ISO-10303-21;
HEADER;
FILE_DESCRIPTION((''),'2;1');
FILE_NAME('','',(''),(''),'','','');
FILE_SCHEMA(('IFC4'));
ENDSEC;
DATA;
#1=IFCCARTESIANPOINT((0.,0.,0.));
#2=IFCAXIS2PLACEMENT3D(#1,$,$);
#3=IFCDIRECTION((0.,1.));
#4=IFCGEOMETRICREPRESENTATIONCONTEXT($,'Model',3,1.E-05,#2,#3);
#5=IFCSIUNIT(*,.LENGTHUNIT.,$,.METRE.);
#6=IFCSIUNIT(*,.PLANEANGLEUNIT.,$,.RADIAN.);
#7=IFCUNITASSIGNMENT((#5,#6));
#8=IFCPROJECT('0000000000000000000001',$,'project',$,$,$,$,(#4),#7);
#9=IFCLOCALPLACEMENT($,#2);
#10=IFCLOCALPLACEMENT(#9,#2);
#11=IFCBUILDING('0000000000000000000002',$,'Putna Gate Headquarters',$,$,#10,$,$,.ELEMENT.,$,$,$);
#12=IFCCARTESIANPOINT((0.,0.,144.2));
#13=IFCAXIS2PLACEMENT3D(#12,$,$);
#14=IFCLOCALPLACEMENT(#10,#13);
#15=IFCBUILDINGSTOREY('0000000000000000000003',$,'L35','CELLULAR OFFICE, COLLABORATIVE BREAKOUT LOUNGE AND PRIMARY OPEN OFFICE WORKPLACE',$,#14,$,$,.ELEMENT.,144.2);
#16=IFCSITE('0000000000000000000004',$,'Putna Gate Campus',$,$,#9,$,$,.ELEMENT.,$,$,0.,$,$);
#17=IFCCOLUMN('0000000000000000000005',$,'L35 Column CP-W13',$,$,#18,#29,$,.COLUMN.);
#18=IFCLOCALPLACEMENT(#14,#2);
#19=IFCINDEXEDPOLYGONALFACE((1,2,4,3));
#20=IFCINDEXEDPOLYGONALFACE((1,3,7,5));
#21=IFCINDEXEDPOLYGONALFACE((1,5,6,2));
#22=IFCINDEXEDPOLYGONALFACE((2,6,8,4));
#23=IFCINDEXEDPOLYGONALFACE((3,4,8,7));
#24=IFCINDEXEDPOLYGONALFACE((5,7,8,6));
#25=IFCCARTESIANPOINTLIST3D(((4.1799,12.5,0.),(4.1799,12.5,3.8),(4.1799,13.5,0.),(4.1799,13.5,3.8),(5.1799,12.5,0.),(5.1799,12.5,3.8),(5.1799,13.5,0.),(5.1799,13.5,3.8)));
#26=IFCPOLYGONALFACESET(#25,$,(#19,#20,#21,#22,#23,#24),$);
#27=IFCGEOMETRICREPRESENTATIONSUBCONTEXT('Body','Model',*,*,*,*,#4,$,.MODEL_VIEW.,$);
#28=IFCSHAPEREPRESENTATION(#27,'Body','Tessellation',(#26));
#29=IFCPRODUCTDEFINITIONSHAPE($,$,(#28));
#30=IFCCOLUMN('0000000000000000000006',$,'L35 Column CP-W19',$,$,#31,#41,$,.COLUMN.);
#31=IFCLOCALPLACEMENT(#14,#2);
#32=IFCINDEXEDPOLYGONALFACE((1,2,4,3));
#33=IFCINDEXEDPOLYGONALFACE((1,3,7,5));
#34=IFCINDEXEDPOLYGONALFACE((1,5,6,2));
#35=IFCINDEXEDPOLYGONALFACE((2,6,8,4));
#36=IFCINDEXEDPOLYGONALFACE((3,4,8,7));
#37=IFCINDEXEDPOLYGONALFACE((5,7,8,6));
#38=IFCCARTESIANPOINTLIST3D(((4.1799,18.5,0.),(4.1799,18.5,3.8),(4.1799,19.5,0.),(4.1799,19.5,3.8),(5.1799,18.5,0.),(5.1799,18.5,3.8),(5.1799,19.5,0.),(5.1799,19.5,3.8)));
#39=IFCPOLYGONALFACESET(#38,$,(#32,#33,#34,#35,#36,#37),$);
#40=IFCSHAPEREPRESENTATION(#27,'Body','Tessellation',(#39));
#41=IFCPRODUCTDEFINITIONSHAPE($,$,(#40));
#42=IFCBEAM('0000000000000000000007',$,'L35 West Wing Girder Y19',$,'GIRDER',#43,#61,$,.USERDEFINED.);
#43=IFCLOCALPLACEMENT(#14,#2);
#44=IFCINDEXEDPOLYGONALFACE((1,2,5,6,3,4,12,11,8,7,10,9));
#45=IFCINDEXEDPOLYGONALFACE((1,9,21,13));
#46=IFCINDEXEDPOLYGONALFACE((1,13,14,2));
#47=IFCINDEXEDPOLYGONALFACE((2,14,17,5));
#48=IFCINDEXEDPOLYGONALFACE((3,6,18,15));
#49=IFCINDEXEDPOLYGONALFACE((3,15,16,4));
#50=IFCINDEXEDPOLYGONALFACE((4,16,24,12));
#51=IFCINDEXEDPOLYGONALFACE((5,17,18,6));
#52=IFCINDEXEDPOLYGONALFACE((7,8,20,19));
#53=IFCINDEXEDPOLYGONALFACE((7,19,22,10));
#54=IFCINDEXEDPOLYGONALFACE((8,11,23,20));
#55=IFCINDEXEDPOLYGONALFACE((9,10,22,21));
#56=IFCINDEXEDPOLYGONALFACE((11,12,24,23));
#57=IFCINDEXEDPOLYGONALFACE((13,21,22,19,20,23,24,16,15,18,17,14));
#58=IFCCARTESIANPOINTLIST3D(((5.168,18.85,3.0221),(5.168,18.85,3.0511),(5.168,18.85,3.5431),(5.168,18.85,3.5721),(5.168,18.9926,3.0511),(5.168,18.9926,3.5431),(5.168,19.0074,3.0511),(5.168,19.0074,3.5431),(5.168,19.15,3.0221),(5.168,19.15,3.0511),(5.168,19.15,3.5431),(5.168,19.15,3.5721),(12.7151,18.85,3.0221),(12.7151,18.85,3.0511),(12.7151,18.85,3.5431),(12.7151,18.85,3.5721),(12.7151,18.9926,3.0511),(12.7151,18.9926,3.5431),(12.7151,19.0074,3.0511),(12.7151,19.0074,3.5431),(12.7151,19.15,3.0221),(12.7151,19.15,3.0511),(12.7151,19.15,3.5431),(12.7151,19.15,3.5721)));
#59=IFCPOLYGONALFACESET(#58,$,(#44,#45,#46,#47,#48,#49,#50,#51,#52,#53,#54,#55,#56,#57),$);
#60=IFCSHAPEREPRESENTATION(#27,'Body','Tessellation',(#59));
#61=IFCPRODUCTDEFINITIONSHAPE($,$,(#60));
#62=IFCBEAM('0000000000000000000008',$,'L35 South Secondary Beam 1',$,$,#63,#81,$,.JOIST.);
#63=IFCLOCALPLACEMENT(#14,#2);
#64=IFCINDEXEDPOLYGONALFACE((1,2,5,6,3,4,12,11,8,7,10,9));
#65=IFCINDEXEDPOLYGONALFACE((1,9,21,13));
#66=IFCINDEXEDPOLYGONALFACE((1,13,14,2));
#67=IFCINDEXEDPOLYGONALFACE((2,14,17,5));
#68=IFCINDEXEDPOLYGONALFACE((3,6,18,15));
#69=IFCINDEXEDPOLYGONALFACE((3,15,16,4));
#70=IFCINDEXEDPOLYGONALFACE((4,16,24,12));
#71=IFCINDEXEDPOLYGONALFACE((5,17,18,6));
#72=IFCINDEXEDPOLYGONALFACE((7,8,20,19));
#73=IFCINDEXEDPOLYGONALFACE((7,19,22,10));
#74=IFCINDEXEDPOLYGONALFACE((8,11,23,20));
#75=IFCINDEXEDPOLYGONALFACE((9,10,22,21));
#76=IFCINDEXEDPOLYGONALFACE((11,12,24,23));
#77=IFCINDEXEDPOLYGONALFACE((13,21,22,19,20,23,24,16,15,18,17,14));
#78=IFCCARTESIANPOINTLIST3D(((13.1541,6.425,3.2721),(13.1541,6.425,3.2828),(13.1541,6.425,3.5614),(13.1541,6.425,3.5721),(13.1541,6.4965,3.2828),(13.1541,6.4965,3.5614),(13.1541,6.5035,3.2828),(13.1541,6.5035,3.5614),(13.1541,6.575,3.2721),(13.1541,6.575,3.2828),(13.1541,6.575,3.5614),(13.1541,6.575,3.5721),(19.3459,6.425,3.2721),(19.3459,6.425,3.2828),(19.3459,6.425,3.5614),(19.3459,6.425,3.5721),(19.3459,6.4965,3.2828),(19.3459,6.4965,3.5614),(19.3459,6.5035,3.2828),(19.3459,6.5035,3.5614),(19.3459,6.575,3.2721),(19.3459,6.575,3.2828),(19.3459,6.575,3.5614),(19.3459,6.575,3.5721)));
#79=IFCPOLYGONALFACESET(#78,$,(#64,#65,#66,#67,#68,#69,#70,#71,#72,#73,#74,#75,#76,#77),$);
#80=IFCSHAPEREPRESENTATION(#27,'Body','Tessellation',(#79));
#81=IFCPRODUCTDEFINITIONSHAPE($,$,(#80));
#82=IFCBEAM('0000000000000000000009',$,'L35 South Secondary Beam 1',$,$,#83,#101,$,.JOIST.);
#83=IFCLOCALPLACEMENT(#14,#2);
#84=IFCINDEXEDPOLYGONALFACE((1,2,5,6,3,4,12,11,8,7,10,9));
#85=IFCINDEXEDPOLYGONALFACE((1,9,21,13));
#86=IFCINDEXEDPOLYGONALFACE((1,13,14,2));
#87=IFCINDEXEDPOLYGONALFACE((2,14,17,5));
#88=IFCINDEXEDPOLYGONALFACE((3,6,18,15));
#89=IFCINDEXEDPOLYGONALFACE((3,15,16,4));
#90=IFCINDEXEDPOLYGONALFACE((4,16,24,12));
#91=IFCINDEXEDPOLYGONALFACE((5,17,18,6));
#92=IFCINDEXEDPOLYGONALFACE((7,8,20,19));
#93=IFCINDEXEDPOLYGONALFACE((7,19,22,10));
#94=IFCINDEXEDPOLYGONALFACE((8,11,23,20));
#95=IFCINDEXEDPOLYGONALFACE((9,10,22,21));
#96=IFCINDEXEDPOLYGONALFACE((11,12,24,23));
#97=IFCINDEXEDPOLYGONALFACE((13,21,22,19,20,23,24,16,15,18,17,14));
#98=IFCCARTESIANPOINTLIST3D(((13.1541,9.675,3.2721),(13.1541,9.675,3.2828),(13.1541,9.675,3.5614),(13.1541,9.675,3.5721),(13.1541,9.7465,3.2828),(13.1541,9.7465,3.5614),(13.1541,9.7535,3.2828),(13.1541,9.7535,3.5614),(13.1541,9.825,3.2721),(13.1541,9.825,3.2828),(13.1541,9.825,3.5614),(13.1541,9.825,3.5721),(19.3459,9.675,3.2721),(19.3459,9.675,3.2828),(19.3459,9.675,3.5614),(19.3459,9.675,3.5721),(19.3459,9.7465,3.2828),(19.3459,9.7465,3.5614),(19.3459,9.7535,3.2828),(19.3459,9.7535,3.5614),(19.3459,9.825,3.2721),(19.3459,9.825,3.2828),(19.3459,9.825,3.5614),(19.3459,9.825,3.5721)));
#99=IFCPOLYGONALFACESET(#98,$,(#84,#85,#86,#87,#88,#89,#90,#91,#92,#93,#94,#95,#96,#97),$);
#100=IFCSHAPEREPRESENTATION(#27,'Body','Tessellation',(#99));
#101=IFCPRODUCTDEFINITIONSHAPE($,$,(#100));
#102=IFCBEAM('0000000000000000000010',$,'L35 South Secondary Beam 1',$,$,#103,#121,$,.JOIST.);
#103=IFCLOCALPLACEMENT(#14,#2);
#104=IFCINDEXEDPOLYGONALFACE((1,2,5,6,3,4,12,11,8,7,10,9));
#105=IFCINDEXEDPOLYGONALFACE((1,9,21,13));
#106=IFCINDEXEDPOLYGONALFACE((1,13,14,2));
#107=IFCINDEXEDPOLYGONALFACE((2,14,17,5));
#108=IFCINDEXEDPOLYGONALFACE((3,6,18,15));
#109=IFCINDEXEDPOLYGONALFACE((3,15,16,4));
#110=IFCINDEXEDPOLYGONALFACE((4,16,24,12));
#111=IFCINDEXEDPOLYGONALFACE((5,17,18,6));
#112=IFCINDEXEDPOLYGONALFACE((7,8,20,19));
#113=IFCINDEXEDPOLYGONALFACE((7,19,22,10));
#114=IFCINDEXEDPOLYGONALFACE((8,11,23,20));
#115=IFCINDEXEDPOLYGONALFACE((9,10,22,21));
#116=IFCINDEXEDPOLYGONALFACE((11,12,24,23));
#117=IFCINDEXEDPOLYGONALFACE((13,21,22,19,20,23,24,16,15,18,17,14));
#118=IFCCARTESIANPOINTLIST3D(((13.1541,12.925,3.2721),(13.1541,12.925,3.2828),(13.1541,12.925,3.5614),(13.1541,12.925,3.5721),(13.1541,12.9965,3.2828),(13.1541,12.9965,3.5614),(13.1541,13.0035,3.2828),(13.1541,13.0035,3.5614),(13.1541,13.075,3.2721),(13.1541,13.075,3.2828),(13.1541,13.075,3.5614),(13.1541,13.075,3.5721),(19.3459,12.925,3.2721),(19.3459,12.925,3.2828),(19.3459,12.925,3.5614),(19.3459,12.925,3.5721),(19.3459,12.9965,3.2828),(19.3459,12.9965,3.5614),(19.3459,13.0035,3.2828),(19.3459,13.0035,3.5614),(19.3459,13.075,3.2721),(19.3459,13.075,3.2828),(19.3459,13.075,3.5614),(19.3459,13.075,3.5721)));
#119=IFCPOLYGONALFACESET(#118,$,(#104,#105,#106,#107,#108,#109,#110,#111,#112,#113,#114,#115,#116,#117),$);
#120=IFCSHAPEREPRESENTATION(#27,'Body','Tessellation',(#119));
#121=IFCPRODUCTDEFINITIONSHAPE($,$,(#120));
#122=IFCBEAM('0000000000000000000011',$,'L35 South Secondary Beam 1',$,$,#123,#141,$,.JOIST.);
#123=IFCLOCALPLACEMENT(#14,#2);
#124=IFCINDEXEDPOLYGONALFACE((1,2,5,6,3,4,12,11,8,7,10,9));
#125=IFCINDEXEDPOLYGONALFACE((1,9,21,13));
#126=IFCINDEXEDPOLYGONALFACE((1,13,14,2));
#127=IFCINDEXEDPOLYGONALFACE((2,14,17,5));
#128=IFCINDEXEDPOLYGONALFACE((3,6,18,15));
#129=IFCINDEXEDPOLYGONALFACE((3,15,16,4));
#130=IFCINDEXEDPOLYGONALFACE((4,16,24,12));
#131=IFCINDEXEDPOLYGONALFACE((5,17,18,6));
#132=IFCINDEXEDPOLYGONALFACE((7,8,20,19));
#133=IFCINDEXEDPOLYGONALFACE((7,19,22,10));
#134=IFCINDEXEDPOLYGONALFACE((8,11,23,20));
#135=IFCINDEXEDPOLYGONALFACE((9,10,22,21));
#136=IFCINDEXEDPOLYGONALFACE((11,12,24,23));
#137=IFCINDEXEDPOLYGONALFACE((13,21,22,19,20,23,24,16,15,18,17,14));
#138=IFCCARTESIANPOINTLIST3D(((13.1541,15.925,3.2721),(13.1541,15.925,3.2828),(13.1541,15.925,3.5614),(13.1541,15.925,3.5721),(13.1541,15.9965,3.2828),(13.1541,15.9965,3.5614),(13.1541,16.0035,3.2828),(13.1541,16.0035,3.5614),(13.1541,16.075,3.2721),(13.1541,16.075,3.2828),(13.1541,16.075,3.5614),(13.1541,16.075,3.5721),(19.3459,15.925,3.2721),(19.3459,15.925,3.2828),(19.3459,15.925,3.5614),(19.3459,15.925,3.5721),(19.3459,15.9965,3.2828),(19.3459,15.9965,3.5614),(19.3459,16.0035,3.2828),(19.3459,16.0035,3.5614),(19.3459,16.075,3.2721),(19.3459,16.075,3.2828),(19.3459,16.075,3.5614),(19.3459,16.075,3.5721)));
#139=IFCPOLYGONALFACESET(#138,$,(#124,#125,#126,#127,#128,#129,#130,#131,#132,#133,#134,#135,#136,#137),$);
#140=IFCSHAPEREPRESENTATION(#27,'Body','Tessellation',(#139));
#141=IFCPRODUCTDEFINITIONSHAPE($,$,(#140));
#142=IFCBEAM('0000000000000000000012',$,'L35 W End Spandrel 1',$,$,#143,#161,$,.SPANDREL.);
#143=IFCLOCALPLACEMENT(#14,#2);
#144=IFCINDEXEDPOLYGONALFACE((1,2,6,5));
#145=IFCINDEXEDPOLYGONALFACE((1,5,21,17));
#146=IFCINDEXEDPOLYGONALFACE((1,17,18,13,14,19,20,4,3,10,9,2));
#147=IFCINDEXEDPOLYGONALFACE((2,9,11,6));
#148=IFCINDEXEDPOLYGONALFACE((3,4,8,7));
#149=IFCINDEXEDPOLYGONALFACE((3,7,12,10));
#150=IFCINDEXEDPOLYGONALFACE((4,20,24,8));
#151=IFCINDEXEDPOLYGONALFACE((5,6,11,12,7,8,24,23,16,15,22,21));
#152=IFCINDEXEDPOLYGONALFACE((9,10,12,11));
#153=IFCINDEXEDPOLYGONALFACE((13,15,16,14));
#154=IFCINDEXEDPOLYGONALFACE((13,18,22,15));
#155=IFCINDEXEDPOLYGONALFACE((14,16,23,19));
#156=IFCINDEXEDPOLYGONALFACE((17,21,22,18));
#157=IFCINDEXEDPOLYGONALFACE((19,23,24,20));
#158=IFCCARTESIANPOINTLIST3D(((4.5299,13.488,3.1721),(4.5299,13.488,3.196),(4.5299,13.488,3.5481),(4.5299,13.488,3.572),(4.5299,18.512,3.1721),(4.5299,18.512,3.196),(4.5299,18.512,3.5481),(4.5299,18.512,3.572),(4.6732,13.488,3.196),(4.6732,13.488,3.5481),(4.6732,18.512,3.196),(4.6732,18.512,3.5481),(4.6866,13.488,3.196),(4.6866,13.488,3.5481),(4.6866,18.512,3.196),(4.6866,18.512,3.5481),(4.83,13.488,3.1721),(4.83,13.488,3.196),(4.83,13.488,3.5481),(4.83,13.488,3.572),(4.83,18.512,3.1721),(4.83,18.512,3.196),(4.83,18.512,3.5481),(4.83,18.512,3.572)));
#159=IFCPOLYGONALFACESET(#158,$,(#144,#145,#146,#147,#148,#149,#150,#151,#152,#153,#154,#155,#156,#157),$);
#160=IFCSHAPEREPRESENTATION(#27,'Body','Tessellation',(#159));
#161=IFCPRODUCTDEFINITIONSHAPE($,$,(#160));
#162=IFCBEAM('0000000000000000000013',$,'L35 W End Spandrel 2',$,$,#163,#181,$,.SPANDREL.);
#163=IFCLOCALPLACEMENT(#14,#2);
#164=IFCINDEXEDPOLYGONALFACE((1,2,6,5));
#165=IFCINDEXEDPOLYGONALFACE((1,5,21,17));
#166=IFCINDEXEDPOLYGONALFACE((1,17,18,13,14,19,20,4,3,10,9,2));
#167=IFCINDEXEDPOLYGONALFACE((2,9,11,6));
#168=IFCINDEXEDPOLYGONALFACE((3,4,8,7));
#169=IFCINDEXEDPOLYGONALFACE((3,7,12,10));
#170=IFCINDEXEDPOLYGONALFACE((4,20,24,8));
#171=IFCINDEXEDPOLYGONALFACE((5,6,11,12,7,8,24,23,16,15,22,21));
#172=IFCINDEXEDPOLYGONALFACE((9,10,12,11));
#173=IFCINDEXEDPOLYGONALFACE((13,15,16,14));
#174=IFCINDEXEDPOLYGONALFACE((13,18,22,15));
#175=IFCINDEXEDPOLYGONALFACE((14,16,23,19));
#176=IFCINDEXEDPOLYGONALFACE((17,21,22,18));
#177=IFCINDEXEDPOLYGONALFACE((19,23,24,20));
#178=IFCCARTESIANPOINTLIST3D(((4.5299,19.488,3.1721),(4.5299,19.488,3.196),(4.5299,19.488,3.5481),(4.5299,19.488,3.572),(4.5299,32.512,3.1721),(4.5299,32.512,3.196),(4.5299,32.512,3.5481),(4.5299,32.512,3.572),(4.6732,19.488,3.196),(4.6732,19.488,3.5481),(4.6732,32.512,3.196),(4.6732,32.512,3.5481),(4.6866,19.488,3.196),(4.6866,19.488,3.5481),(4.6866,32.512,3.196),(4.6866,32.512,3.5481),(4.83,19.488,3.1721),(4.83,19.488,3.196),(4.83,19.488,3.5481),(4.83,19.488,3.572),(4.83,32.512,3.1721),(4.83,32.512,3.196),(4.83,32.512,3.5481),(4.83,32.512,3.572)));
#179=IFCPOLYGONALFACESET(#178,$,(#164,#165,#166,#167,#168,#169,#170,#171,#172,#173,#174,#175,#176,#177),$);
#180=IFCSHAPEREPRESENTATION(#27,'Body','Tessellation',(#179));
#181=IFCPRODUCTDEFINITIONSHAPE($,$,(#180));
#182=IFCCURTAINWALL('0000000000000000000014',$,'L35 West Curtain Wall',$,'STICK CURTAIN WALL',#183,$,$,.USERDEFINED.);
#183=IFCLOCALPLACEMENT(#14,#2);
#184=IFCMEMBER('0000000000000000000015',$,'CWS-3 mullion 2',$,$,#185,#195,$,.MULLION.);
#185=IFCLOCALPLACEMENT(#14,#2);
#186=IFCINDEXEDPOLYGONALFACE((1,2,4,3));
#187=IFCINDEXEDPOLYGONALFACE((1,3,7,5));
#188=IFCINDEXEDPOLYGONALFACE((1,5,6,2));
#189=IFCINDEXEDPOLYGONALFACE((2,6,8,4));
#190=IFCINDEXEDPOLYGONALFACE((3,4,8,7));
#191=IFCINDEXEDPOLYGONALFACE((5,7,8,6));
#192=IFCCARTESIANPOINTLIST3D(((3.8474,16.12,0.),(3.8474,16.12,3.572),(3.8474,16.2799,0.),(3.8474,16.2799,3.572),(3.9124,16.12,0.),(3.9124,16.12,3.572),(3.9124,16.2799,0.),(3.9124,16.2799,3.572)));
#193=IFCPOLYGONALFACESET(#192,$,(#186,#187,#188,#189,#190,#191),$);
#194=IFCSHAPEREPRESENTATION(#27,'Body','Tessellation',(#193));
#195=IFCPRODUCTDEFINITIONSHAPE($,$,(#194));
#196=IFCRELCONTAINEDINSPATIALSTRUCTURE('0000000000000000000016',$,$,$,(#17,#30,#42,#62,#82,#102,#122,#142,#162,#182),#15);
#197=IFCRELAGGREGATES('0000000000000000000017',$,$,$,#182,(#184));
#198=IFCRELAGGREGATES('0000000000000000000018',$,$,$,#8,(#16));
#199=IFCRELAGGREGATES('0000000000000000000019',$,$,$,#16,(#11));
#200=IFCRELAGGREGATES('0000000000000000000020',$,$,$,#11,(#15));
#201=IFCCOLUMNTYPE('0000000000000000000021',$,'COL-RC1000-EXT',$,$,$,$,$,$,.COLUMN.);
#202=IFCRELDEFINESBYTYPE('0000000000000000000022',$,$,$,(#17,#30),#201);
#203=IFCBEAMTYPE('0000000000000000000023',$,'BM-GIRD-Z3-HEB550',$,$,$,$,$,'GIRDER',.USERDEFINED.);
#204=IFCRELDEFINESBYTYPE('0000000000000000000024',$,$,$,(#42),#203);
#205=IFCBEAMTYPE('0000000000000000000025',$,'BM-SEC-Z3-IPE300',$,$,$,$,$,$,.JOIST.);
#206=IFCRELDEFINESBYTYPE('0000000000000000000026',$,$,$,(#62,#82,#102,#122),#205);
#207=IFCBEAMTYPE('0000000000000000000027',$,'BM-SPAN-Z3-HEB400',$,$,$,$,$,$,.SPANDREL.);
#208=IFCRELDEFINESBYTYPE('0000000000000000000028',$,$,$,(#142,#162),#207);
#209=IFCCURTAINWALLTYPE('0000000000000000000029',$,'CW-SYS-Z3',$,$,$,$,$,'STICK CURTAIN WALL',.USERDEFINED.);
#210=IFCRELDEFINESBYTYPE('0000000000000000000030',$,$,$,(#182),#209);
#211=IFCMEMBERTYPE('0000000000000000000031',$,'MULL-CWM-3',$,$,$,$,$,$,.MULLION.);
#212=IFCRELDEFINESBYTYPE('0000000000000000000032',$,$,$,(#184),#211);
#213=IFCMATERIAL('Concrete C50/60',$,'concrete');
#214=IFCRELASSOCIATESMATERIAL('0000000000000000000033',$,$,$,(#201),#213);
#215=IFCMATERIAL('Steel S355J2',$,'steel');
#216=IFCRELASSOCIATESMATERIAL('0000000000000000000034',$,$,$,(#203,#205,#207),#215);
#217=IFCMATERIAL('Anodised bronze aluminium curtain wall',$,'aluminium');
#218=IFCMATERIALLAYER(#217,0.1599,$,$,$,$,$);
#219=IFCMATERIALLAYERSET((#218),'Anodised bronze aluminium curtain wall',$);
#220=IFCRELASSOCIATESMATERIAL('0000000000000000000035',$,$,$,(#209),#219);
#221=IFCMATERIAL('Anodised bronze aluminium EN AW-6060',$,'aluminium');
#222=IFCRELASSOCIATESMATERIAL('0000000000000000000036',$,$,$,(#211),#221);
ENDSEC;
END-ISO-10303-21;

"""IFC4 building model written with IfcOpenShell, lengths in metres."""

from ifc_helpers import new_model, si_unit, direction, frame, origin, origin_2d, place, context, subcontext, project, spatial, rectangle, i_section, extrude, material, layer, layer_set, material_profile, profile_set, type_object, element, aggregate, save


model = new_model("IFC4")

# Units and contexts
model_context = context("Model", 3, precision=1e-05, world=origin(), true_north=direction((0.0, 1.0)))
body_context = subcontext(model_context, "Body", "Model", "MODEL_VIEW")
ifc_project = project(units=[si_unit("LENGTHUNIT", "METRE"), si_unit("PLANEANGLEUNIT", "RADIAN")], contexts=[model_context])

# Site, building, storey
site_placement = place(None, origin())
site = spatial("IfcSite", under=ifc_project, at=site_placement, Name="Putna Gate Campus", CompositionType="ELEMENT", RefElevation=0.0)
building_placement = place(site_placement, origin())
building = spatial("IfcBuilding", under=site, at=building_placement, Name="Putna Gate Headquarters", CompositionType="ELEMENT")
storey_placement = place(building_placement, frame((0.0, 0.0, 144.2)))
storey = spatial("IfcBuildingStorey", under=building, at=storey_placement, Name="L35", Description="CELLULAR OFFICE, COLLABORATIVE BREAKOUT LOUNGE AND PRIMARY OPEN OFFICE WORKPLACE", CompositionType="ELEMENT", Elevation=144.2)

# Columns
ifc_material_1 = material(Name="Concrete C50/60", Category="concrete")
ifc_material_profile_1 = material_profile(ifc_material_1, rectangle(XDim=1.0, YDim=1.0, at=origin_2d()), Name="Concrete C50/60")
ifc_profile_set_1 = profile_set([ifc_material_profile_1], Name="Concrete C50/60")
column_type = type_object("IfcColumnType", Name="COL-RC1000-EXT", PredefinedType="COLUMN", material=ifc_profile_set_1)
for number, where, z_axis, x_axis, name in (
    (1, (4.6799, 13.0, 0.0), (0.0, 0.0, 1.0), (1.0, 0.0, 0.0), "L35 Column CP-W13"),
    (2, (4.6799, 19.0, 0.0), (0.0, 0.0, 1.0), (1.0, 0.0, 0.0), "L35 Column CP-W19"),
):
    element("IfcColumn", number, at=place(storey_placement, frame(where, z_axis=z_axis, x_axis=x_axis)), inside=storey, type_object=column_type, Name=name, PredefinedType="COLUMN", context=body_context, shape_type="SweptSolid", body=[
        extrude(rectangle(XDim=1.0, YDim=1.0, at=origin_2d()), origin(), (0.0, 0.0, 1.0), 3.8),
    ])

# Beams
ifc_material_2 = material(Name="Steel S355J2", Category="steel")
ifc_material_profile_2 = material_profile(ifc_material_2, i_section(OverallWidth=0.3, OverallDepth=0.55, WebThickness=0.0149, FlangeThickness=0.0291, at=origin_2d()), Name="Steel S355J2")
ifc_profile_set_2 = profile_set([ifc_material_profile_2], Name="Steel S355J2")
beam_type_1 = type_object("IfcBeamType", Name="BM-GIRD-Z3-HEB550", ElementType="GIRDER", PredefinedType="USERDEFINED", material=ifc_profile_set_2)
beam_1_placement = place(storey_placement, frame((5.168, 19.0, 3.2971), z_axis=(1.0, 0.0, 0.0), x_axis=(0.0, 1.0, 0.0)))
element("IfcBeam", 3, at=beam_1_placement, inside=storey, type_object=beam_type_1, Name="L35 West Wing Girder Y19", ObjectType="GIRDER", PredefinedType="USERDEFINED", context=body_context, shape_type="SweptSolid", body=[
    extrude(i_section(OverallWidth=0.3, OverallDepth=0.55, WebThickness=0.0149, FlangeThickness=0.0291, at=origin_2d()), origin(), (0.0, 0.0, 1.0), 7.5471),
])
ifc_material_profile_3 = material_profile(ifc_material_2, i_section(OverallWidth=0.1499, OverallDepth=0.3, WebThickness=0.0071, FlangeThickness=0.0107, at=origin_2d()), Name="Steel S355J2")
ifc_profile_set_3 = profile_set([ifc_material_profile_3], Name="Steel S355J2")
beam_type_2 = type_object("IfcBeamType", Name="BM-SEC-Z3-IPE300", PredefinedType="JOIST", material=ifc_profile_set_3)
for number, where, z_axis, x_axis, name in (
    (4, (13.1541, 6.5, 3.4221), (1.0, 0.0, 0.0), (0.0, 1.0, 0.0), "L35 South Secondary Beam 1"),
    (5, (13.1541, 9.75, 3.4221), (1.0, 0.0, 0.0), (0.0, 1.0, 0.0), "L35 South Secondary Beam 1"),
    (6, (13.1541, 13.0, 3.4221), (1.0, 0.0, 0.0), (0.0, 1.0, 0.0), "L35 South Secondary Beam 1"),
    (7, (13.1541, 16.0, 3.4221), (1.0, 0.0, 0.0), (0.0, 1.0, 0.0), "L35 South Secondary Beam 1"),
):
    element("IfcBeam", number, at=place(storey_placement, frame(where, z_axis=z_axis, x_axis=x_axis)), inside=storey, type_object=beam_type_2, Name=name, PredefinedType="JOIST", context=body_context, shape_type="SweptSolid", body=[
        extrude(i_section(OverallWidth=0.1499, OverallDepth=0.3, WebThickness=0.0071, FlangeThickness=0.0107, at=origin_2d()), origin(), (0.0, 0.0, 1.0), 6.1919),
    ])
ifc_material_profile_4 = material_profile(ifc_material_2, i_section(OverallWidth=0.3, OverallDepth=0.3999, WebThickness=0.0134, FlangeThickness=0.0239, at=origin_2d()), Name="Steel S355J2")
ifc_profile_set_4 = profile_set([ifc_material_profile_4], Name="Steel S355J2")
beam_type_3 = type_object("IfcBeamType", Name="BM-SPAN-Z3-HEB400", PredefinedType="SPANDREL", material=ifc_profile_set_4)
beam_2_placement = place(storey_placement, frame((4.6799, 13.488, 3.3721), z_axis=(0.0, 1.0, 0.0), x_axis=(-1.0, 0.0, 0.0)))
element("IfcBeam", 8, at=beam_2_placement, inside=storey, type_object=beam_type_3, Name="L35 W End Spandrel 1", PredefinedType="SPANDREL", context=body_context, shape_type="SweptSolid", body=[
    extrude(i_section(OverallWidth=0.3, OverallDepth=0.3999, WebThickness=0.0134, FlangeThickness=0.0239, at=origin_2d()), origin(), (0.0, 0.0, 1.0), 5.0239),
])
beam_3_placement = place(storey_placement, frame((4.6799, 19.488, 3.3721), z_axis=(0.0, 1.0, 0.0), x_axis=(-1.0, 0.0, 0.0)))
element("IfcBeam", 9, at=beam_3_placement, inside=storey, type_object=beam_type_3, Name="L35 W End Spandrel 2", PredefinedType="SPANDREL", context=body_context, shape_type="SweptSolid", body=[
    extrude(i_section(OverallWidth=0.3, OverallDepth=0.3999, WebThickness=0.0134, FlangeThickness=0.0239, at=origin_2d()), origin(), (0.0, 0.0, 1.0), 13.0239),
])

# Curtain wall, member
ifc_material_3 = material(Name="Anodised bronze aluminium curtain wall", Category="aluminium")
ifc_layer_1 = layer(ifc_material_3, 0.1599)
ifc_layer_set_1 = layer_set([ifc_layer_1], Name="Anodised bronze aluminium curtain wall")
curtain_wall_type = type_object("IfcCurtainWallType", Name="CW-SYS-Z3", ElementType="STICK CURTAIN WALL", PredefinedType="USERDEFINED", material=ifc_layer_set_1)
curtain_wall_placement = place(storey_placement, origin())
curtain_wall = element("IfcCurtainWall", 10, at=curtain_wall_placement, inside=storey, type_object=curtain_wall_type, Name="L35 West Curtain Wall", ObjectType="STICK CURTAIN WALL", PredefinedType="USERDEFINED")
ifc_material_4 = material(Name="Anodised bronze aluminium EN AW-6060", Category="aluminium")
ifc_material_profile_5 = material_profile(ifc_material_4, rectangle(XDim=0.0649, YDim=0.1599, at=origin_2d()), Name="Anodised bronze aluminium EN AW-6060")
ifc_profile_set_5 = profile_set([ifc_material_profile_5], Name="Anodised bronze aluminium EN AW-6060")
member_type_1 = type_object("IfcMemberType", Name="MULL-CWM-3", PredefinedType="MULLION", material=ifc_profile_set_5)
member_1_placement = place(storey_placement, frame((3.8799, 16.2, 0.0), z_axis=(0.0, 0.0, 1.0), x_axis=(-1.0, 0.0, 0.0)))
member_1 = element("IfcMember", 11, at=member_1_placement, type_object=member_type_1, Name="CWS-3 mullion 2", PredefinedType="MULLION", context=body_context, shape_type="SweptSolid", body=[
    extrude(rectangle(XDim=0.0649, YDim=0.1599, at=origin_2d()), origin(), (0.0, 0.0, 1.0), 3.572),
])
aggregate(curtain_wall, [member_1])

save(model, "model.ifc")
